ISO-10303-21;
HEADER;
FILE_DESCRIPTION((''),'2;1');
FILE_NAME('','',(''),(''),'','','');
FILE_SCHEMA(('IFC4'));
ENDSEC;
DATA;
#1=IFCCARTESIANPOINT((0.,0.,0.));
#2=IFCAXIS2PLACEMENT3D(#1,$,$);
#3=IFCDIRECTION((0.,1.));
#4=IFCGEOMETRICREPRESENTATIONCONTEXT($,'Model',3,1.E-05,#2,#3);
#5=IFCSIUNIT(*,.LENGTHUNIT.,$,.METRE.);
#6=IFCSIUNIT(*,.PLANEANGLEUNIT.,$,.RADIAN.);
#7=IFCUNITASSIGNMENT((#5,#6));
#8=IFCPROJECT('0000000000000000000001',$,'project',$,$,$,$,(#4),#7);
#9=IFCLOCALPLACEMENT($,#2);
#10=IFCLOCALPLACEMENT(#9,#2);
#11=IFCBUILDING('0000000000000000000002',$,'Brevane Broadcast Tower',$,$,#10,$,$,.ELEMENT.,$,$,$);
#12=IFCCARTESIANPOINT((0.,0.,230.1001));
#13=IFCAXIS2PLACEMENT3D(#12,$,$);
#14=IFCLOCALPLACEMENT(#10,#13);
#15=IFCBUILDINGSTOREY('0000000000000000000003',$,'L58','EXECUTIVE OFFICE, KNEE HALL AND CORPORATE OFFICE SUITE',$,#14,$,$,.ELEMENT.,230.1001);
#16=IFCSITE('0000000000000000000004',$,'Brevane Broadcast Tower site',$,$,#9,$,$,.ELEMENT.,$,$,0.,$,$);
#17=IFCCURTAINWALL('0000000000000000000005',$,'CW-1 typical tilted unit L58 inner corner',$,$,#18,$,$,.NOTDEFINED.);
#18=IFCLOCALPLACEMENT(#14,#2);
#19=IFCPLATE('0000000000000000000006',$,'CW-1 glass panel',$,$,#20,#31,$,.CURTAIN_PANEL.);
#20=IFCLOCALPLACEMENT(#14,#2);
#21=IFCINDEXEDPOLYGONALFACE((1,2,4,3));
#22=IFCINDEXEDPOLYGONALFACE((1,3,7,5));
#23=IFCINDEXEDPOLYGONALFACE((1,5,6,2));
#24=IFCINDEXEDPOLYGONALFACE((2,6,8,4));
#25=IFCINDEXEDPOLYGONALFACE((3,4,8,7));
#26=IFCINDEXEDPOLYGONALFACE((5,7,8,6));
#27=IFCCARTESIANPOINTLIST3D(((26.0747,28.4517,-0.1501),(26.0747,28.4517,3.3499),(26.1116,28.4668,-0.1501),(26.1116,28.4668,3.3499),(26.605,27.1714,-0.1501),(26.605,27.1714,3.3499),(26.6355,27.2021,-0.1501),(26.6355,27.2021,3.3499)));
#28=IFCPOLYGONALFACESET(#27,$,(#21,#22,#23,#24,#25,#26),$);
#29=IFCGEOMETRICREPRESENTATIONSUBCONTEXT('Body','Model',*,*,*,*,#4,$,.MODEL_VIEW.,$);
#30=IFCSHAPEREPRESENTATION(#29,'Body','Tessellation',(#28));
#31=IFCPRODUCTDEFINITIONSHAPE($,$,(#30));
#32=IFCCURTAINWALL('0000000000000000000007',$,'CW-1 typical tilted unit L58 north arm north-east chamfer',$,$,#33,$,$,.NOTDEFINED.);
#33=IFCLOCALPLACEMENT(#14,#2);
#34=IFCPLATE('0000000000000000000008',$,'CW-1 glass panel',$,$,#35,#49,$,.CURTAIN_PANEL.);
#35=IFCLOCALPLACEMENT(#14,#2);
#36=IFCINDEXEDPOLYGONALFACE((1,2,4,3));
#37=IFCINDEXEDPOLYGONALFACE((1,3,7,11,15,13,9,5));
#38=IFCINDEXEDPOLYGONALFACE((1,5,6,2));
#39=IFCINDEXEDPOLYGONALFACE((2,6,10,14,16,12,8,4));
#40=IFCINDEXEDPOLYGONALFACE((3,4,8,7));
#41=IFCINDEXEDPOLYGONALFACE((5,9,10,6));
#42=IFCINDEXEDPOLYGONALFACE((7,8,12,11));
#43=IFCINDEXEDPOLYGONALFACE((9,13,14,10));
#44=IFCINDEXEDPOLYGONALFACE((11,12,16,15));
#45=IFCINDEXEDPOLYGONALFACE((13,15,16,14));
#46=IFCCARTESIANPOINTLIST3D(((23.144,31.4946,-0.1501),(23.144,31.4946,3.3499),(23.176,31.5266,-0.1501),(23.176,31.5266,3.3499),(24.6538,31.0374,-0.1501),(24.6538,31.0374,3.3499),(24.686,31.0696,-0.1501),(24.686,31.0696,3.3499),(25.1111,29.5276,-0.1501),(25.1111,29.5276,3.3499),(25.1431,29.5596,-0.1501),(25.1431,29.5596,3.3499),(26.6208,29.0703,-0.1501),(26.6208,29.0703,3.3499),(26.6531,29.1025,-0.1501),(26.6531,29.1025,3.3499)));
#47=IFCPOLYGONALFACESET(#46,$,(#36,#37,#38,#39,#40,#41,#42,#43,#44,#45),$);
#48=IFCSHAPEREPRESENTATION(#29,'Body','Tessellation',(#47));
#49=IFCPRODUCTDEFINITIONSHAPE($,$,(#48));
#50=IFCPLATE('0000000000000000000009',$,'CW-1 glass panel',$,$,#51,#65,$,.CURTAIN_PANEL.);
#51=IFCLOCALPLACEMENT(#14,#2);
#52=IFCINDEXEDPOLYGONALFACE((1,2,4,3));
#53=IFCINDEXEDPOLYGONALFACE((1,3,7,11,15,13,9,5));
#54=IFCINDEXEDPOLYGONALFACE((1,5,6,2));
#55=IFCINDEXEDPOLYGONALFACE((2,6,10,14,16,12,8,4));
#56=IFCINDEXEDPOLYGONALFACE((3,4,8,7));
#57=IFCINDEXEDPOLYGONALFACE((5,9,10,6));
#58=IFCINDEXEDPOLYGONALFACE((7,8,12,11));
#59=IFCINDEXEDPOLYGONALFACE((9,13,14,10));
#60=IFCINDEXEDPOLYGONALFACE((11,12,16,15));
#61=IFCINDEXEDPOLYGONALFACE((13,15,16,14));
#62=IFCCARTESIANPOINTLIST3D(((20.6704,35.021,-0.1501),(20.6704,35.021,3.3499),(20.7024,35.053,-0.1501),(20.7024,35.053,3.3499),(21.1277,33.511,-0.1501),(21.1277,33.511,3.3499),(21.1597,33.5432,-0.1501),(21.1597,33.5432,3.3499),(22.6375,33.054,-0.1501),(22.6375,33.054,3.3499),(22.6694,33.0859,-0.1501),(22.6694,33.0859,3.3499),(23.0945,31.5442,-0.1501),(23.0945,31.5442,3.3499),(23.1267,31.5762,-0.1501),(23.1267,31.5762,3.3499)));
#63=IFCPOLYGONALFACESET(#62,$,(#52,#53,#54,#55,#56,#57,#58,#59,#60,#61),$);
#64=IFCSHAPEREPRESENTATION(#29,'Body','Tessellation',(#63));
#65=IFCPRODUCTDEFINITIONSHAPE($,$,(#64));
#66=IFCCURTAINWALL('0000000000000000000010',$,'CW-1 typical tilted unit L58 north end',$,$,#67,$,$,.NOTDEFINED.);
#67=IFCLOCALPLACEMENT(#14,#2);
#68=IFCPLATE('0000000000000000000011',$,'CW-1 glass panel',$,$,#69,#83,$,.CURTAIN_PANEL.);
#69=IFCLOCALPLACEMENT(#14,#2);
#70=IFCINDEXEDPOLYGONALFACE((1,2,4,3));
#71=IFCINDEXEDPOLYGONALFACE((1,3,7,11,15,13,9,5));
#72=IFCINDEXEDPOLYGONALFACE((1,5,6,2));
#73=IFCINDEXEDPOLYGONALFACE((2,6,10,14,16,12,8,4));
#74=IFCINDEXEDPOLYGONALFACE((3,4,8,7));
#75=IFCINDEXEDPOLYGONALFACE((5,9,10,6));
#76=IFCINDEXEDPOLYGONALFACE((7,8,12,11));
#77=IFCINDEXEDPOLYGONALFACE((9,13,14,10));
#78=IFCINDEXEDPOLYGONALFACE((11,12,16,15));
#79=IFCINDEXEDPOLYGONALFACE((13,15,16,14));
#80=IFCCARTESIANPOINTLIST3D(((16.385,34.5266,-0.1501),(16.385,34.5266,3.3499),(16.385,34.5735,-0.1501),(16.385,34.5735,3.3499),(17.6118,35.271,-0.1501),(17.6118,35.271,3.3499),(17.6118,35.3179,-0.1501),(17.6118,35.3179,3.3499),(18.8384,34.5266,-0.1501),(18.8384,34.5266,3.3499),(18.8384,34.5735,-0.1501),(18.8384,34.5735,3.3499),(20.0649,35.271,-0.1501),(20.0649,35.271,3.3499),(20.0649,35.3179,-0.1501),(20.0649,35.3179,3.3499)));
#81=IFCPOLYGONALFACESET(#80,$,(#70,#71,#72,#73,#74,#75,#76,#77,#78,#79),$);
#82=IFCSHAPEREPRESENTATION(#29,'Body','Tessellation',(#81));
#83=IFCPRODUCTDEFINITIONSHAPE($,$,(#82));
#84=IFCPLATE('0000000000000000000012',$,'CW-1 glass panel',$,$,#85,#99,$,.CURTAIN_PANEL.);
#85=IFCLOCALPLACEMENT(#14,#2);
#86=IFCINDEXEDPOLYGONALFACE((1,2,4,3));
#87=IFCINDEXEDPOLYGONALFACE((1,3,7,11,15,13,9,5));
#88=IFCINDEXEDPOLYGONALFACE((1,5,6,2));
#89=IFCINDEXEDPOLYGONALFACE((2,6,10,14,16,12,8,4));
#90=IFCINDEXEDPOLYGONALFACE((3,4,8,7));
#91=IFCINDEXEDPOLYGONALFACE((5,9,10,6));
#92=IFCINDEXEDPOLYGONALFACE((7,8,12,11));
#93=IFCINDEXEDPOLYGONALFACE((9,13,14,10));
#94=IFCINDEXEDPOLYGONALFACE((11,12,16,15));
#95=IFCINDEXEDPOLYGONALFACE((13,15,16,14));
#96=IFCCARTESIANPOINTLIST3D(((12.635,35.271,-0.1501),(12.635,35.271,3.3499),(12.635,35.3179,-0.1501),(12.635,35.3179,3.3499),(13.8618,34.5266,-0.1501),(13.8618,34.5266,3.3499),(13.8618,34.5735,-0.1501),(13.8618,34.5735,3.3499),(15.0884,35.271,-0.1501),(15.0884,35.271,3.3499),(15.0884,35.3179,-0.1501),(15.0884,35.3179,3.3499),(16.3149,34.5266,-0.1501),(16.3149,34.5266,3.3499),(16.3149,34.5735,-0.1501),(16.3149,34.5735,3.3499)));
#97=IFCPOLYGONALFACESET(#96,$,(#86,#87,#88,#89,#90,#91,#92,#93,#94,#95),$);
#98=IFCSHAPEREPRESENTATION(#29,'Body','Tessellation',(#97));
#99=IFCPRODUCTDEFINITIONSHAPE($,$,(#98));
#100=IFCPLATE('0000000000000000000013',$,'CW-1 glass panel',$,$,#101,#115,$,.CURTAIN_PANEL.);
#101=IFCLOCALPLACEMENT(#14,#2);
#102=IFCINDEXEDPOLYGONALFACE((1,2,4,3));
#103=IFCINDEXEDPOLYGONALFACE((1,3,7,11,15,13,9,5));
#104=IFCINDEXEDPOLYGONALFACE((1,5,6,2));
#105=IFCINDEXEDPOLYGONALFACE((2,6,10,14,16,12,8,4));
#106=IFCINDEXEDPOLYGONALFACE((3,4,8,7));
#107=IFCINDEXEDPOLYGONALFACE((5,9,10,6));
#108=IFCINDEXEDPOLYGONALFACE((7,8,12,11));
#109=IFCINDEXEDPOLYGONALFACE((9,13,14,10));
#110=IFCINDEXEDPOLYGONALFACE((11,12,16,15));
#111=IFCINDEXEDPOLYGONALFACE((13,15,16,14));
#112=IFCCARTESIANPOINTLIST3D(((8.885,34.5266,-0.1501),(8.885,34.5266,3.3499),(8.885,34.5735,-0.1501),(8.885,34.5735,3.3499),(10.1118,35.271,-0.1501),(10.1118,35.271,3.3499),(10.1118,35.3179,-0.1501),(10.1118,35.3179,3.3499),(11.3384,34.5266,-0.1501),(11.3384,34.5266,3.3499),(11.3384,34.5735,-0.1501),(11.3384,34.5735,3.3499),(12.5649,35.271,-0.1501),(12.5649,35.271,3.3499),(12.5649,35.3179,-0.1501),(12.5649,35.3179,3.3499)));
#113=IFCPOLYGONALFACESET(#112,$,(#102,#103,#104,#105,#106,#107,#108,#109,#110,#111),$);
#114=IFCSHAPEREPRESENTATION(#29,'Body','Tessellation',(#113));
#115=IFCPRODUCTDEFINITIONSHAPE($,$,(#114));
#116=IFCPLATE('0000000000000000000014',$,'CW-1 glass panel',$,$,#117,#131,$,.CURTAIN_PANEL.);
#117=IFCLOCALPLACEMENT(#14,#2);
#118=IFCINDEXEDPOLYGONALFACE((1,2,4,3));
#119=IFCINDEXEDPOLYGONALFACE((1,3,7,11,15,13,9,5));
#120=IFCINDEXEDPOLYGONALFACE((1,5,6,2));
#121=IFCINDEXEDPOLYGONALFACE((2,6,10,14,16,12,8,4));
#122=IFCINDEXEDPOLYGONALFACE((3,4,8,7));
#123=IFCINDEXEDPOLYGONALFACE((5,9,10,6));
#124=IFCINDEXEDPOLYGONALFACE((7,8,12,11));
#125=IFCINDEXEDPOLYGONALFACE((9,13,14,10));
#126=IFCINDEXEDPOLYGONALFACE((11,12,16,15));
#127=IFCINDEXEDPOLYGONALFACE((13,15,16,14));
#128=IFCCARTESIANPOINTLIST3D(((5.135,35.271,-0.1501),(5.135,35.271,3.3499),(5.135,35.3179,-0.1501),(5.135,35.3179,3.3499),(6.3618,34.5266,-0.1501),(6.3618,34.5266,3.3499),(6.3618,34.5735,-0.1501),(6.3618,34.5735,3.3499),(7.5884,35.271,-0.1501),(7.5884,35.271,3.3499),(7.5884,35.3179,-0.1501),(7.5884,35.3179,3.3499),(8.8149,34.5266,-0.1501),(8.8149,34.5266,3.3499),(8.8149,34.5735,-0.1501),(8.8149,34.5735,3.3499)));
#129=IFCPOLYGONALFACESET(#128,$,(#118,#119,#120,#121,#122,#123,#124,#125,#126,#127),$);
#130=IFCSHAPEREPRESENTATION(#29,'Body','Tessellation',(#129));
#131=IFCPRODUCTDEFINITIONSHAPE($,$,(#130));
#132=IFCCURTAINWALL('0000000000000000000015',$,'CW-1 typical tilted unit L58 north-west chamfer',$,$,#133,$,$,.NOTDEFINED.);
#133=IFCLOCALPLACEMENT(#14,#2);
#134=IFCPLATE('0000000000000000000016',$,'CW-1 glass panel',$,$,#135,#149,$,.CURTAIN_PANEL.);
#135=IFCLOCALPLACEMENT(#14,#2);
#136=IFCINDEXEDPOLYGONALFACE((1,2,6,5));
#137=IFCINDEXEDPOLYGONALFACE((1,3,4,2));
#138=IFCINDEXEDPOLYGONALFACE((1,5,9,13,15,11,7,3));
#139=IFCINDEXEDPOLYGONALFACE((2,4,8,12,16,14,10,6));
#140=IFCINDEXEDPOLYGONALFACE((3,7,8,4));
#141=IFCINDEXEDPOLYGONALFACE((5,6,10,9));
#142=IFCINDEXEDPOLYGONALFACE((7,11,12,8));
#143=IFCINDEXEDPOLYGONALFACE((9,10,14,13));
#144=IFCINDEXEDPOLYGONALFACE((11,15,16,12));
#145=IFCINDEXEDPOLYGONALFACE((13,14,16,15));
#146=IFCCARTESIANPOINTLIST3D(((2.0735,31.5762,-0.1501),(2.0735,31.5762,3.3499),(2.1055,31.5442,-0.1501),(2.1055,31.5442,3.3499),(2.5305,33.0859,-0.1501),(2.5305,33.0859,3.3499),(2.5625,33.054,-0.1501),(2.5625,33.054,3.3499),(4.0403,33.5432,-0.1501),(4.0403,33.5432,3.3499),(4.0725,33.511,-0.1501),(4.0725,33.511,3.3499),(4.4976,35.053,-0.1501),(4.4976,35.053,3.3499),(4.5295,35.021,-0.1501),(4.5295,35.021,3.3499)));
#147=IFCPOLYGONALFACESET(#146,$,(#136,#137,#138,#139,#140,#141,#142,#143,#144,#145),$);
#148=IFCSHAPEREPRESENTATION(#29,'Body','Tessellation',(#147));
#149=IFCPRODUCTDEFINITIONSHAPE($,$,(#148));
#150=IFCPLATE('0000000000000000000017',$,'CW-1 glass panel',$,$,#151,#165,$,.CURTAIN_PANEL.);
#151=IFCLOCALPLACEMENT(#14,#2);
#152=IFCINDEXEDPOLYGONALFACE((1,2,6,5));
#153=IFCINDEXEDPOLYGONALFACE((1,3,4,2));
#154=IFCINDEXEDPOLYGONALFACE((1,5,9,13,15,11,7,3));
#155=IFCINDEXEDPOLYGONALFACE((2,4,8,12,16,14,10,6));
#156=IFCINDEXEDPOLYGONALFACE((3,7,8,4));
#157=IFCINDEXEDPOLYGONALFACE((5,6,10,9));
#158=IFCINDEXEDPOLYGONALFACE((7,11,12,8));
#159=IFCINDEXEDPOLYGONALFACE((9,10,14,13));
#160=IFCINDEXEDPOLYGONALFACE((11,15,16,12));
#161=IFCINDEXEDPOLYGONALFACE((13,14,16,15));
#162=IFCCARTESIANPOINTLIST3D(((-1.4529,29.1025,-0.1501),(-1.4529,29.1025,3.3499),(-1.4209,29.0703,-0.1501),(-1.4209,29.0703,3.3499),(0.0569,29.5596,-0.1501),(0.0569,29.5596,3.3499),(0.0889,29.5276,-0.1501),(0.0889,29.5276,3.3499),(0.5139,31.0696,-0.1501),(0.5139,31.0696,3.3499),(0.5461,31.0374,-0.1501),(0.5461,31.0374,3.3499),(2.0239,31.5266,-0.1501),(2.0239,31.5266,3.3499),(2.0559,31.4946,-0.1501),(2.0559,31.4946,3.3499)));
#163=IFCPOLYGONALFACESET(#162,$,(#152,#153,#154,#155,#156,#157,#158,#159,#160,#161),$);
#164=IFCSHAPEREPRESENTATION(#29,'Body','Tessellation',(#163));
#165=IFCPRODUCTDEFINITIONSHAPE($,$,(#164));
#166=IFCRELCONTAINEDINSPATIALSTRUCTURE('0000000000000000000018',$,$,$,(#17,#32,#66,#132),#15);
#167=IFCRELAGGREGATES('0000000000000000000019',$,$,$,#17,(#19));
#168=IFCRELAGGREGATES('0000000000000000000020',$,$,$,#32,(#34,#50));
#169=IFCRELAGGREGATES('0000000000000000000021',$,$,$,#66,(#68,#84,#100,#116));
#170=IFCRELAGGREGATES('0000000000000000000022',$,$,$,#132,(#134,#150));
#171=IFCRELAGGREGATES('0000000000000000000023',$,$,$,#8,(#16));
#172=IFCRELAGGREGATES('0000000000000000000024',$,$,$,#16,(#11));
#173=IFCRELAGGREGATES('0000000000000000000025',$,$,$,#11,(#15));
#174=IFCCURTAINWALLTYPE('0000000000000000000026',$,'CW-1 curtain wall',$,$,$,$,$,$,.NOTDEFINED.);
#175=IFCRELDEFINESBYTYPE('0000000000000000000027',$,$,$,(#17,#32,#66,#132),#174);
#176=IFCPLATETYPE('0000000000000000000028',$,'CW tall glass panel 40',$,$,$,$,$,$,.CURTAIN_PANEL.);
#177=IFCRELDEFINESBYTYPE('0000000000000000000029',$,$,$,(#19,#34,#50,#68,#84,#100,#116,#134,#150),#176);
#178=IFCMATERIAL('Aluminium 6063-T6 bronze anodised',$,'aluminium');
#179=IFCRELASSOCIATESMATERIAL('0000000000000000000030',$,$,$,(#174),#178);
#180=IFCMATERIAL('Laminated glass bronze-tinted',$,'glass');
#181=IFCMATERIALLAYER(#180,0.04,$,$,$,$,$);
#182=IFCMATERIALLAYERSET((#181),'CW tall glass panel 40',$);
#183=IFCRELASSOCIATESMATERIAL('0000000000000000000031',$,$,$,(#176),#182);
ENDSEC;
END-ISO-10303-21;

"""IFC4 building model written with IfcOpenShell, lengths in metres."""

from ifc_helpers import new_model, si_unit, direction, frame, origin, place, context, subcontext, project, spatial, polyline, outline, extrude, material, layer, layer_set, type_object, element, aggregate, save


model = new_model("IFC4")

# Units and contexts
model_context = context("Model", 3, precision=1e-05, world=origin(), true_north=direction((0.0, 1.0)))
body_context = subcontext(model_context, "Body", "Model", "MODEL_VIEW")
ifc_project = project(units=[si_unit("LENGTHUNIT", "METRE"), si_unit("PLANEANGLEUNIT", "RADIAN")], contexts=[model_context])

# Site, building, storey
site_placement = place(None, origin())
site = spatial("IfcSite", under=ifc_project, at=site_placement, Name="Brevane Broadcast Tower site", CompositionType="ELEMENT", RefElevation=0.0)
building_placement = place(site_placement, origin())
building = spatial("IfcBuilding", under=site, at=building_placement, Name="Brevane Broadcast Tower", CompositionType="ELEMENT")
storey_placement = place(building_placement, frame((0.0, 0.0, 230.1001)))
storey = spatial("IfcBuildingStorey", under=building, at=storey_placement, Name="L58", Description="EXECUTIVE OFFICE, KNEE HALL AND CORPORATE OFFICE SUITE", CompositionType="ELEMENT", Elevation=230.1001)

# Shared definitions
ifc_material_1 = material(Name="Aluminium 6063-T6 bronze anodised", Category="aluminium")
curtain_wall_type = type_object("IfcCurtainWallType", Name="CW-1 curtain wall", PredefinedType="NOTDEFINED", material=ifc_material_1)
ifc_material_2 = material(Name="Laminated glass bronze-tinted", Category="glass")
ifc_layer = layer(ifc_material_2, 0.04)
ifc_layer_set = layer_set([ifc_layer], Name="CW tall glass panel 40")
plate_type = type_object("IfcPlateType", Name="CW tall glass panel 40", PredefinedType="CURTAIN_PANEL", material=ifc_layer_set)

# Curtain walls, plates
curtain_wall_1_placement = place(storey_placement, origin())
curtain_wall_1 = element("IfcCurtainWall", 1, at=curtain_wall_1_placement, inside=storey, type_object=curtain_wall_type, Name="CW-1 typical tilted unit L58 inner corner", PredefinedType="NOTDEFINED")
plate_1_placement = place(storey_placement, frame((0.0, 0.0, -0.1501)))
plate_1 = element("IfcPlate", 2, at=plate_1_placement, type_object=plate_type, Name="CW-1 glass panel", PredefinedType="CURTAIN_PANEL", context=body_context, shape_type="SweptSolid", body=[
    extrude(outline(polyline([(26.605, 27.1714), (26.6355, 27.2021), (26.1116, 28.4668), (26.0747, 28.4517), (26.605, 27.1714)])), origin(), (0.0, 0.0, 1.0), 3.5),
])
aggregate(curtain_wall_1, [plate_1])
curtain_wall_2_placement = place(storey_placement, origin())
curtain_wall_2 = element("IfcCurtainWall", 3, at=curtain_wall_2_placement, inside=storey, type_object=curtain_wall_type, Name="CW-1 typical tilted unit L58 north arm north-east chamfer", PredefinedType="NOTDEFINED")
plate_2_placement = place(storey_placement, frame((0.0, 0.0, -0.1501)))
plate_2 = element("IfcPlate", 4, at=plate_2_placement, type_object=plate_type, Name="CW-1 glass panel", PredefinedType="CURTAIN_PANEL", context=body_context, shape_type="SweptSolid", body=[
    extrude(outline(polyline([(26.6208, 29.0703), (26.6531, 29.1025), (25.1431, 29.5596), (24.686, 31.0696), (23.176, 31.5266), (23.144, 31.4946), (24.6538, 31.0374), (25.1111, 29.5276), (26.6208, 29.0703)])), origin(), (0.0, 0.0, 1.0), 3.5),
])
plate_3_placement = place(storey_placement, frame((0.0, 0.0, -0.1501)))
plate_3 = element("IfcPlate", 5, at=plate_3_placement, type_object=plate_type, Name="CW-1 glass panel", PredefinedType="CURTAIN_PANEL", context=body_context, shape_type="SweptSolid", body=[
    extrude(outline(polyline([(23.0945, 31.5442), (23.1267, 31.5762), (22.6694, 33.0859), (21.1597, 33.5432), (20.7024, 35.053), (20.6704, 35.021), (21.1277, 33.511), (22.6375, 33.054), (23.0945, 31.5442)])), origin(), (0.0, 0.0, 1.0), 3.5),
])
aggregate(curtain_wall_2, [plate_2, plate_3])
curtain_wall_3_placement = place(storey_placement, origin())
curtain_wall_3 = element("IfcCurtainWall", 6, at=curtain_wall_3_placement, inside=storey, type_object=curtain_wall_type, Name="CW-1 typical tilted unit L58 north end", PredefinedType="NOTDEFINED")
plate_4_placement = place(storey_placement, frame((0.0, 0.0, -0.1501)))
plate_4 = element("IfcPlate", 7, at=plate_4_placement, type_object=plate_type, Name="CW-1 glass panel", PredefinedType="CURTAIN_PANEL", context=body_context, shape_type="SweptSolid", body=[
    extrude(outline(polyline([(20.0649, 35.271), (20.0649, 35.3179), (18.8384, 34.5735), (17.6118, 35.3179), (16.385, 34.5735), (16.385, 34.5266), (17.6118, 35.271), (18.8384, 34.5266), (20.0649, 35.271)])), origin(), (0.0, 0.0, 1.0), 3.5),
])
plate_5_placement = place(storey_placement, frame((0.0, 0.0, -0.1501)))
plate_5 = element("IfcPlate", 8, at=plate_5_placement, type_object=plate_type, Name="CW-1 glass panel", PredefinedType="CURTAIN_PANEL", context=body_context, shape_type="SweptSolid", body=[
    extrude(outline(polyline([(16.3149, 34.5266), (16.3149, 34.5735), (15.0884, 35.3179), (13.8618, 34.5735), (12.635, 35.3179), (12.635, 35.271), (13.8618, 34.5266), (15.0884, 35.271), (16.3149, 34.5266)])), origin(), (0.0, 0.0, 1.0), 3.5),
])
plate_6_placement = place(storey_placement, frame((0.0, 0.0, -0.1501)))
plate_6 = element("IfcPlate", 9, at=plate_6_placement, type_object=plate_type, Name="CW-1 glass panel", PredefinedType="CURTAIN_PANEL", context=body_context, shape_type="SweptSolid", body=[
    extrude(outline(polyline([(12.5649, 35.271), (12.5649, 35.3179), (11.3384, 34.5735), (10.1118, 35.3179), (8.885, 34.5735), (8.885, 34.5266), (10.1118, 35.271), (11.3384, 34.5266), (12.5649, 35.271)])), origin(), (0.0, 0.0, 1.0), 3.5),
])
plate_7_placement = place(storey_placement, frame((0.0, 0.0, -0.1501)))
plate_7 = element("IfcPlate", 10, at=plate_7_placement, type_object=plate_type, Name="CW-1 glass panel", PredefinedType="CURTAIN_PANEL", context=body_context, shape_type="SweptSolid", body=[
    extrude(outline(polyline([(8.8149, 34.5266), (8.8149, 34.5735), (7.5884, 35.3179), (6.3618, 34.5735), (5.135, 35.3179), (5.135, 35.271), (6.3618, 34.5266), (7.5884, 35.271), (8.8149, 34.5266)])), origin(), (0.0, 0.0, 1.0), 3.5),
])
aggregate(curtain_wall_3, [plate_4, plate_5, plate_6, plate_7])
curtain_wall_4_placement = place(storey_placement, origin())
curtain_wall_4 = element("IfcCurtainWall", 11, at=curtain_wall_4_placement, inside=storey, type_object=curtain_wall_type, Name="CW-1 typical tilted unit L58 north-west chamfer", PredefinedType="NOTDEFINED")
plate_8_placement = place(storey_placement, frame((0.0, 0.0, -0.1501)))
plate_8 = element("IfcPlate", 12, at=plate_8_placement, type_object=plate_type, Name="CW-1 glass panel", PredefinedType="CURTAIN_PANEL", context=body_context, shape_type="SweptSolid", body=[
    extrude(outline(polyline([(4.5295, 35.021), (4.4976, 35.053), (4.0403, 33.5432), (2.5305, 33.0859), (2.0735, 31.5762), (2.1055, 31.5442), (2.5625, 33.054), (4.0725, 33.511), (4.5295, 35.021)])), origin(), (0.0, 0.0, 1.0), 3.5),
])
plate_9_placement = place(storey_placement, frame((0.0, 0.0, -0.1501)))
plate_9 = element("IfcPlate", 13, at=plate_9_placement, type_object=plate_type, Name="CW-1 glass panel", PredefinedType="CURTAIN_PANEL", context=body_context, shape_type="SweptSolid", body=[
    extrude(outline(polyline([(2.0559, 31.4946), (2.0239, 31.5266), (0.5139, 31.0696), (0.0569, 29.5596), (-1.4529, 29.1025), (-1.4209, 29.0703), (0.0889, 29.5276), (0.5461, 31.0374), (2.0559, 31.4946)])), origin(), (0.0, 0.0, 1.0), 3.5),
])
aggregate(curtain_wall_4, [plate_8, plate_9])

save(model, "model.ifc")
